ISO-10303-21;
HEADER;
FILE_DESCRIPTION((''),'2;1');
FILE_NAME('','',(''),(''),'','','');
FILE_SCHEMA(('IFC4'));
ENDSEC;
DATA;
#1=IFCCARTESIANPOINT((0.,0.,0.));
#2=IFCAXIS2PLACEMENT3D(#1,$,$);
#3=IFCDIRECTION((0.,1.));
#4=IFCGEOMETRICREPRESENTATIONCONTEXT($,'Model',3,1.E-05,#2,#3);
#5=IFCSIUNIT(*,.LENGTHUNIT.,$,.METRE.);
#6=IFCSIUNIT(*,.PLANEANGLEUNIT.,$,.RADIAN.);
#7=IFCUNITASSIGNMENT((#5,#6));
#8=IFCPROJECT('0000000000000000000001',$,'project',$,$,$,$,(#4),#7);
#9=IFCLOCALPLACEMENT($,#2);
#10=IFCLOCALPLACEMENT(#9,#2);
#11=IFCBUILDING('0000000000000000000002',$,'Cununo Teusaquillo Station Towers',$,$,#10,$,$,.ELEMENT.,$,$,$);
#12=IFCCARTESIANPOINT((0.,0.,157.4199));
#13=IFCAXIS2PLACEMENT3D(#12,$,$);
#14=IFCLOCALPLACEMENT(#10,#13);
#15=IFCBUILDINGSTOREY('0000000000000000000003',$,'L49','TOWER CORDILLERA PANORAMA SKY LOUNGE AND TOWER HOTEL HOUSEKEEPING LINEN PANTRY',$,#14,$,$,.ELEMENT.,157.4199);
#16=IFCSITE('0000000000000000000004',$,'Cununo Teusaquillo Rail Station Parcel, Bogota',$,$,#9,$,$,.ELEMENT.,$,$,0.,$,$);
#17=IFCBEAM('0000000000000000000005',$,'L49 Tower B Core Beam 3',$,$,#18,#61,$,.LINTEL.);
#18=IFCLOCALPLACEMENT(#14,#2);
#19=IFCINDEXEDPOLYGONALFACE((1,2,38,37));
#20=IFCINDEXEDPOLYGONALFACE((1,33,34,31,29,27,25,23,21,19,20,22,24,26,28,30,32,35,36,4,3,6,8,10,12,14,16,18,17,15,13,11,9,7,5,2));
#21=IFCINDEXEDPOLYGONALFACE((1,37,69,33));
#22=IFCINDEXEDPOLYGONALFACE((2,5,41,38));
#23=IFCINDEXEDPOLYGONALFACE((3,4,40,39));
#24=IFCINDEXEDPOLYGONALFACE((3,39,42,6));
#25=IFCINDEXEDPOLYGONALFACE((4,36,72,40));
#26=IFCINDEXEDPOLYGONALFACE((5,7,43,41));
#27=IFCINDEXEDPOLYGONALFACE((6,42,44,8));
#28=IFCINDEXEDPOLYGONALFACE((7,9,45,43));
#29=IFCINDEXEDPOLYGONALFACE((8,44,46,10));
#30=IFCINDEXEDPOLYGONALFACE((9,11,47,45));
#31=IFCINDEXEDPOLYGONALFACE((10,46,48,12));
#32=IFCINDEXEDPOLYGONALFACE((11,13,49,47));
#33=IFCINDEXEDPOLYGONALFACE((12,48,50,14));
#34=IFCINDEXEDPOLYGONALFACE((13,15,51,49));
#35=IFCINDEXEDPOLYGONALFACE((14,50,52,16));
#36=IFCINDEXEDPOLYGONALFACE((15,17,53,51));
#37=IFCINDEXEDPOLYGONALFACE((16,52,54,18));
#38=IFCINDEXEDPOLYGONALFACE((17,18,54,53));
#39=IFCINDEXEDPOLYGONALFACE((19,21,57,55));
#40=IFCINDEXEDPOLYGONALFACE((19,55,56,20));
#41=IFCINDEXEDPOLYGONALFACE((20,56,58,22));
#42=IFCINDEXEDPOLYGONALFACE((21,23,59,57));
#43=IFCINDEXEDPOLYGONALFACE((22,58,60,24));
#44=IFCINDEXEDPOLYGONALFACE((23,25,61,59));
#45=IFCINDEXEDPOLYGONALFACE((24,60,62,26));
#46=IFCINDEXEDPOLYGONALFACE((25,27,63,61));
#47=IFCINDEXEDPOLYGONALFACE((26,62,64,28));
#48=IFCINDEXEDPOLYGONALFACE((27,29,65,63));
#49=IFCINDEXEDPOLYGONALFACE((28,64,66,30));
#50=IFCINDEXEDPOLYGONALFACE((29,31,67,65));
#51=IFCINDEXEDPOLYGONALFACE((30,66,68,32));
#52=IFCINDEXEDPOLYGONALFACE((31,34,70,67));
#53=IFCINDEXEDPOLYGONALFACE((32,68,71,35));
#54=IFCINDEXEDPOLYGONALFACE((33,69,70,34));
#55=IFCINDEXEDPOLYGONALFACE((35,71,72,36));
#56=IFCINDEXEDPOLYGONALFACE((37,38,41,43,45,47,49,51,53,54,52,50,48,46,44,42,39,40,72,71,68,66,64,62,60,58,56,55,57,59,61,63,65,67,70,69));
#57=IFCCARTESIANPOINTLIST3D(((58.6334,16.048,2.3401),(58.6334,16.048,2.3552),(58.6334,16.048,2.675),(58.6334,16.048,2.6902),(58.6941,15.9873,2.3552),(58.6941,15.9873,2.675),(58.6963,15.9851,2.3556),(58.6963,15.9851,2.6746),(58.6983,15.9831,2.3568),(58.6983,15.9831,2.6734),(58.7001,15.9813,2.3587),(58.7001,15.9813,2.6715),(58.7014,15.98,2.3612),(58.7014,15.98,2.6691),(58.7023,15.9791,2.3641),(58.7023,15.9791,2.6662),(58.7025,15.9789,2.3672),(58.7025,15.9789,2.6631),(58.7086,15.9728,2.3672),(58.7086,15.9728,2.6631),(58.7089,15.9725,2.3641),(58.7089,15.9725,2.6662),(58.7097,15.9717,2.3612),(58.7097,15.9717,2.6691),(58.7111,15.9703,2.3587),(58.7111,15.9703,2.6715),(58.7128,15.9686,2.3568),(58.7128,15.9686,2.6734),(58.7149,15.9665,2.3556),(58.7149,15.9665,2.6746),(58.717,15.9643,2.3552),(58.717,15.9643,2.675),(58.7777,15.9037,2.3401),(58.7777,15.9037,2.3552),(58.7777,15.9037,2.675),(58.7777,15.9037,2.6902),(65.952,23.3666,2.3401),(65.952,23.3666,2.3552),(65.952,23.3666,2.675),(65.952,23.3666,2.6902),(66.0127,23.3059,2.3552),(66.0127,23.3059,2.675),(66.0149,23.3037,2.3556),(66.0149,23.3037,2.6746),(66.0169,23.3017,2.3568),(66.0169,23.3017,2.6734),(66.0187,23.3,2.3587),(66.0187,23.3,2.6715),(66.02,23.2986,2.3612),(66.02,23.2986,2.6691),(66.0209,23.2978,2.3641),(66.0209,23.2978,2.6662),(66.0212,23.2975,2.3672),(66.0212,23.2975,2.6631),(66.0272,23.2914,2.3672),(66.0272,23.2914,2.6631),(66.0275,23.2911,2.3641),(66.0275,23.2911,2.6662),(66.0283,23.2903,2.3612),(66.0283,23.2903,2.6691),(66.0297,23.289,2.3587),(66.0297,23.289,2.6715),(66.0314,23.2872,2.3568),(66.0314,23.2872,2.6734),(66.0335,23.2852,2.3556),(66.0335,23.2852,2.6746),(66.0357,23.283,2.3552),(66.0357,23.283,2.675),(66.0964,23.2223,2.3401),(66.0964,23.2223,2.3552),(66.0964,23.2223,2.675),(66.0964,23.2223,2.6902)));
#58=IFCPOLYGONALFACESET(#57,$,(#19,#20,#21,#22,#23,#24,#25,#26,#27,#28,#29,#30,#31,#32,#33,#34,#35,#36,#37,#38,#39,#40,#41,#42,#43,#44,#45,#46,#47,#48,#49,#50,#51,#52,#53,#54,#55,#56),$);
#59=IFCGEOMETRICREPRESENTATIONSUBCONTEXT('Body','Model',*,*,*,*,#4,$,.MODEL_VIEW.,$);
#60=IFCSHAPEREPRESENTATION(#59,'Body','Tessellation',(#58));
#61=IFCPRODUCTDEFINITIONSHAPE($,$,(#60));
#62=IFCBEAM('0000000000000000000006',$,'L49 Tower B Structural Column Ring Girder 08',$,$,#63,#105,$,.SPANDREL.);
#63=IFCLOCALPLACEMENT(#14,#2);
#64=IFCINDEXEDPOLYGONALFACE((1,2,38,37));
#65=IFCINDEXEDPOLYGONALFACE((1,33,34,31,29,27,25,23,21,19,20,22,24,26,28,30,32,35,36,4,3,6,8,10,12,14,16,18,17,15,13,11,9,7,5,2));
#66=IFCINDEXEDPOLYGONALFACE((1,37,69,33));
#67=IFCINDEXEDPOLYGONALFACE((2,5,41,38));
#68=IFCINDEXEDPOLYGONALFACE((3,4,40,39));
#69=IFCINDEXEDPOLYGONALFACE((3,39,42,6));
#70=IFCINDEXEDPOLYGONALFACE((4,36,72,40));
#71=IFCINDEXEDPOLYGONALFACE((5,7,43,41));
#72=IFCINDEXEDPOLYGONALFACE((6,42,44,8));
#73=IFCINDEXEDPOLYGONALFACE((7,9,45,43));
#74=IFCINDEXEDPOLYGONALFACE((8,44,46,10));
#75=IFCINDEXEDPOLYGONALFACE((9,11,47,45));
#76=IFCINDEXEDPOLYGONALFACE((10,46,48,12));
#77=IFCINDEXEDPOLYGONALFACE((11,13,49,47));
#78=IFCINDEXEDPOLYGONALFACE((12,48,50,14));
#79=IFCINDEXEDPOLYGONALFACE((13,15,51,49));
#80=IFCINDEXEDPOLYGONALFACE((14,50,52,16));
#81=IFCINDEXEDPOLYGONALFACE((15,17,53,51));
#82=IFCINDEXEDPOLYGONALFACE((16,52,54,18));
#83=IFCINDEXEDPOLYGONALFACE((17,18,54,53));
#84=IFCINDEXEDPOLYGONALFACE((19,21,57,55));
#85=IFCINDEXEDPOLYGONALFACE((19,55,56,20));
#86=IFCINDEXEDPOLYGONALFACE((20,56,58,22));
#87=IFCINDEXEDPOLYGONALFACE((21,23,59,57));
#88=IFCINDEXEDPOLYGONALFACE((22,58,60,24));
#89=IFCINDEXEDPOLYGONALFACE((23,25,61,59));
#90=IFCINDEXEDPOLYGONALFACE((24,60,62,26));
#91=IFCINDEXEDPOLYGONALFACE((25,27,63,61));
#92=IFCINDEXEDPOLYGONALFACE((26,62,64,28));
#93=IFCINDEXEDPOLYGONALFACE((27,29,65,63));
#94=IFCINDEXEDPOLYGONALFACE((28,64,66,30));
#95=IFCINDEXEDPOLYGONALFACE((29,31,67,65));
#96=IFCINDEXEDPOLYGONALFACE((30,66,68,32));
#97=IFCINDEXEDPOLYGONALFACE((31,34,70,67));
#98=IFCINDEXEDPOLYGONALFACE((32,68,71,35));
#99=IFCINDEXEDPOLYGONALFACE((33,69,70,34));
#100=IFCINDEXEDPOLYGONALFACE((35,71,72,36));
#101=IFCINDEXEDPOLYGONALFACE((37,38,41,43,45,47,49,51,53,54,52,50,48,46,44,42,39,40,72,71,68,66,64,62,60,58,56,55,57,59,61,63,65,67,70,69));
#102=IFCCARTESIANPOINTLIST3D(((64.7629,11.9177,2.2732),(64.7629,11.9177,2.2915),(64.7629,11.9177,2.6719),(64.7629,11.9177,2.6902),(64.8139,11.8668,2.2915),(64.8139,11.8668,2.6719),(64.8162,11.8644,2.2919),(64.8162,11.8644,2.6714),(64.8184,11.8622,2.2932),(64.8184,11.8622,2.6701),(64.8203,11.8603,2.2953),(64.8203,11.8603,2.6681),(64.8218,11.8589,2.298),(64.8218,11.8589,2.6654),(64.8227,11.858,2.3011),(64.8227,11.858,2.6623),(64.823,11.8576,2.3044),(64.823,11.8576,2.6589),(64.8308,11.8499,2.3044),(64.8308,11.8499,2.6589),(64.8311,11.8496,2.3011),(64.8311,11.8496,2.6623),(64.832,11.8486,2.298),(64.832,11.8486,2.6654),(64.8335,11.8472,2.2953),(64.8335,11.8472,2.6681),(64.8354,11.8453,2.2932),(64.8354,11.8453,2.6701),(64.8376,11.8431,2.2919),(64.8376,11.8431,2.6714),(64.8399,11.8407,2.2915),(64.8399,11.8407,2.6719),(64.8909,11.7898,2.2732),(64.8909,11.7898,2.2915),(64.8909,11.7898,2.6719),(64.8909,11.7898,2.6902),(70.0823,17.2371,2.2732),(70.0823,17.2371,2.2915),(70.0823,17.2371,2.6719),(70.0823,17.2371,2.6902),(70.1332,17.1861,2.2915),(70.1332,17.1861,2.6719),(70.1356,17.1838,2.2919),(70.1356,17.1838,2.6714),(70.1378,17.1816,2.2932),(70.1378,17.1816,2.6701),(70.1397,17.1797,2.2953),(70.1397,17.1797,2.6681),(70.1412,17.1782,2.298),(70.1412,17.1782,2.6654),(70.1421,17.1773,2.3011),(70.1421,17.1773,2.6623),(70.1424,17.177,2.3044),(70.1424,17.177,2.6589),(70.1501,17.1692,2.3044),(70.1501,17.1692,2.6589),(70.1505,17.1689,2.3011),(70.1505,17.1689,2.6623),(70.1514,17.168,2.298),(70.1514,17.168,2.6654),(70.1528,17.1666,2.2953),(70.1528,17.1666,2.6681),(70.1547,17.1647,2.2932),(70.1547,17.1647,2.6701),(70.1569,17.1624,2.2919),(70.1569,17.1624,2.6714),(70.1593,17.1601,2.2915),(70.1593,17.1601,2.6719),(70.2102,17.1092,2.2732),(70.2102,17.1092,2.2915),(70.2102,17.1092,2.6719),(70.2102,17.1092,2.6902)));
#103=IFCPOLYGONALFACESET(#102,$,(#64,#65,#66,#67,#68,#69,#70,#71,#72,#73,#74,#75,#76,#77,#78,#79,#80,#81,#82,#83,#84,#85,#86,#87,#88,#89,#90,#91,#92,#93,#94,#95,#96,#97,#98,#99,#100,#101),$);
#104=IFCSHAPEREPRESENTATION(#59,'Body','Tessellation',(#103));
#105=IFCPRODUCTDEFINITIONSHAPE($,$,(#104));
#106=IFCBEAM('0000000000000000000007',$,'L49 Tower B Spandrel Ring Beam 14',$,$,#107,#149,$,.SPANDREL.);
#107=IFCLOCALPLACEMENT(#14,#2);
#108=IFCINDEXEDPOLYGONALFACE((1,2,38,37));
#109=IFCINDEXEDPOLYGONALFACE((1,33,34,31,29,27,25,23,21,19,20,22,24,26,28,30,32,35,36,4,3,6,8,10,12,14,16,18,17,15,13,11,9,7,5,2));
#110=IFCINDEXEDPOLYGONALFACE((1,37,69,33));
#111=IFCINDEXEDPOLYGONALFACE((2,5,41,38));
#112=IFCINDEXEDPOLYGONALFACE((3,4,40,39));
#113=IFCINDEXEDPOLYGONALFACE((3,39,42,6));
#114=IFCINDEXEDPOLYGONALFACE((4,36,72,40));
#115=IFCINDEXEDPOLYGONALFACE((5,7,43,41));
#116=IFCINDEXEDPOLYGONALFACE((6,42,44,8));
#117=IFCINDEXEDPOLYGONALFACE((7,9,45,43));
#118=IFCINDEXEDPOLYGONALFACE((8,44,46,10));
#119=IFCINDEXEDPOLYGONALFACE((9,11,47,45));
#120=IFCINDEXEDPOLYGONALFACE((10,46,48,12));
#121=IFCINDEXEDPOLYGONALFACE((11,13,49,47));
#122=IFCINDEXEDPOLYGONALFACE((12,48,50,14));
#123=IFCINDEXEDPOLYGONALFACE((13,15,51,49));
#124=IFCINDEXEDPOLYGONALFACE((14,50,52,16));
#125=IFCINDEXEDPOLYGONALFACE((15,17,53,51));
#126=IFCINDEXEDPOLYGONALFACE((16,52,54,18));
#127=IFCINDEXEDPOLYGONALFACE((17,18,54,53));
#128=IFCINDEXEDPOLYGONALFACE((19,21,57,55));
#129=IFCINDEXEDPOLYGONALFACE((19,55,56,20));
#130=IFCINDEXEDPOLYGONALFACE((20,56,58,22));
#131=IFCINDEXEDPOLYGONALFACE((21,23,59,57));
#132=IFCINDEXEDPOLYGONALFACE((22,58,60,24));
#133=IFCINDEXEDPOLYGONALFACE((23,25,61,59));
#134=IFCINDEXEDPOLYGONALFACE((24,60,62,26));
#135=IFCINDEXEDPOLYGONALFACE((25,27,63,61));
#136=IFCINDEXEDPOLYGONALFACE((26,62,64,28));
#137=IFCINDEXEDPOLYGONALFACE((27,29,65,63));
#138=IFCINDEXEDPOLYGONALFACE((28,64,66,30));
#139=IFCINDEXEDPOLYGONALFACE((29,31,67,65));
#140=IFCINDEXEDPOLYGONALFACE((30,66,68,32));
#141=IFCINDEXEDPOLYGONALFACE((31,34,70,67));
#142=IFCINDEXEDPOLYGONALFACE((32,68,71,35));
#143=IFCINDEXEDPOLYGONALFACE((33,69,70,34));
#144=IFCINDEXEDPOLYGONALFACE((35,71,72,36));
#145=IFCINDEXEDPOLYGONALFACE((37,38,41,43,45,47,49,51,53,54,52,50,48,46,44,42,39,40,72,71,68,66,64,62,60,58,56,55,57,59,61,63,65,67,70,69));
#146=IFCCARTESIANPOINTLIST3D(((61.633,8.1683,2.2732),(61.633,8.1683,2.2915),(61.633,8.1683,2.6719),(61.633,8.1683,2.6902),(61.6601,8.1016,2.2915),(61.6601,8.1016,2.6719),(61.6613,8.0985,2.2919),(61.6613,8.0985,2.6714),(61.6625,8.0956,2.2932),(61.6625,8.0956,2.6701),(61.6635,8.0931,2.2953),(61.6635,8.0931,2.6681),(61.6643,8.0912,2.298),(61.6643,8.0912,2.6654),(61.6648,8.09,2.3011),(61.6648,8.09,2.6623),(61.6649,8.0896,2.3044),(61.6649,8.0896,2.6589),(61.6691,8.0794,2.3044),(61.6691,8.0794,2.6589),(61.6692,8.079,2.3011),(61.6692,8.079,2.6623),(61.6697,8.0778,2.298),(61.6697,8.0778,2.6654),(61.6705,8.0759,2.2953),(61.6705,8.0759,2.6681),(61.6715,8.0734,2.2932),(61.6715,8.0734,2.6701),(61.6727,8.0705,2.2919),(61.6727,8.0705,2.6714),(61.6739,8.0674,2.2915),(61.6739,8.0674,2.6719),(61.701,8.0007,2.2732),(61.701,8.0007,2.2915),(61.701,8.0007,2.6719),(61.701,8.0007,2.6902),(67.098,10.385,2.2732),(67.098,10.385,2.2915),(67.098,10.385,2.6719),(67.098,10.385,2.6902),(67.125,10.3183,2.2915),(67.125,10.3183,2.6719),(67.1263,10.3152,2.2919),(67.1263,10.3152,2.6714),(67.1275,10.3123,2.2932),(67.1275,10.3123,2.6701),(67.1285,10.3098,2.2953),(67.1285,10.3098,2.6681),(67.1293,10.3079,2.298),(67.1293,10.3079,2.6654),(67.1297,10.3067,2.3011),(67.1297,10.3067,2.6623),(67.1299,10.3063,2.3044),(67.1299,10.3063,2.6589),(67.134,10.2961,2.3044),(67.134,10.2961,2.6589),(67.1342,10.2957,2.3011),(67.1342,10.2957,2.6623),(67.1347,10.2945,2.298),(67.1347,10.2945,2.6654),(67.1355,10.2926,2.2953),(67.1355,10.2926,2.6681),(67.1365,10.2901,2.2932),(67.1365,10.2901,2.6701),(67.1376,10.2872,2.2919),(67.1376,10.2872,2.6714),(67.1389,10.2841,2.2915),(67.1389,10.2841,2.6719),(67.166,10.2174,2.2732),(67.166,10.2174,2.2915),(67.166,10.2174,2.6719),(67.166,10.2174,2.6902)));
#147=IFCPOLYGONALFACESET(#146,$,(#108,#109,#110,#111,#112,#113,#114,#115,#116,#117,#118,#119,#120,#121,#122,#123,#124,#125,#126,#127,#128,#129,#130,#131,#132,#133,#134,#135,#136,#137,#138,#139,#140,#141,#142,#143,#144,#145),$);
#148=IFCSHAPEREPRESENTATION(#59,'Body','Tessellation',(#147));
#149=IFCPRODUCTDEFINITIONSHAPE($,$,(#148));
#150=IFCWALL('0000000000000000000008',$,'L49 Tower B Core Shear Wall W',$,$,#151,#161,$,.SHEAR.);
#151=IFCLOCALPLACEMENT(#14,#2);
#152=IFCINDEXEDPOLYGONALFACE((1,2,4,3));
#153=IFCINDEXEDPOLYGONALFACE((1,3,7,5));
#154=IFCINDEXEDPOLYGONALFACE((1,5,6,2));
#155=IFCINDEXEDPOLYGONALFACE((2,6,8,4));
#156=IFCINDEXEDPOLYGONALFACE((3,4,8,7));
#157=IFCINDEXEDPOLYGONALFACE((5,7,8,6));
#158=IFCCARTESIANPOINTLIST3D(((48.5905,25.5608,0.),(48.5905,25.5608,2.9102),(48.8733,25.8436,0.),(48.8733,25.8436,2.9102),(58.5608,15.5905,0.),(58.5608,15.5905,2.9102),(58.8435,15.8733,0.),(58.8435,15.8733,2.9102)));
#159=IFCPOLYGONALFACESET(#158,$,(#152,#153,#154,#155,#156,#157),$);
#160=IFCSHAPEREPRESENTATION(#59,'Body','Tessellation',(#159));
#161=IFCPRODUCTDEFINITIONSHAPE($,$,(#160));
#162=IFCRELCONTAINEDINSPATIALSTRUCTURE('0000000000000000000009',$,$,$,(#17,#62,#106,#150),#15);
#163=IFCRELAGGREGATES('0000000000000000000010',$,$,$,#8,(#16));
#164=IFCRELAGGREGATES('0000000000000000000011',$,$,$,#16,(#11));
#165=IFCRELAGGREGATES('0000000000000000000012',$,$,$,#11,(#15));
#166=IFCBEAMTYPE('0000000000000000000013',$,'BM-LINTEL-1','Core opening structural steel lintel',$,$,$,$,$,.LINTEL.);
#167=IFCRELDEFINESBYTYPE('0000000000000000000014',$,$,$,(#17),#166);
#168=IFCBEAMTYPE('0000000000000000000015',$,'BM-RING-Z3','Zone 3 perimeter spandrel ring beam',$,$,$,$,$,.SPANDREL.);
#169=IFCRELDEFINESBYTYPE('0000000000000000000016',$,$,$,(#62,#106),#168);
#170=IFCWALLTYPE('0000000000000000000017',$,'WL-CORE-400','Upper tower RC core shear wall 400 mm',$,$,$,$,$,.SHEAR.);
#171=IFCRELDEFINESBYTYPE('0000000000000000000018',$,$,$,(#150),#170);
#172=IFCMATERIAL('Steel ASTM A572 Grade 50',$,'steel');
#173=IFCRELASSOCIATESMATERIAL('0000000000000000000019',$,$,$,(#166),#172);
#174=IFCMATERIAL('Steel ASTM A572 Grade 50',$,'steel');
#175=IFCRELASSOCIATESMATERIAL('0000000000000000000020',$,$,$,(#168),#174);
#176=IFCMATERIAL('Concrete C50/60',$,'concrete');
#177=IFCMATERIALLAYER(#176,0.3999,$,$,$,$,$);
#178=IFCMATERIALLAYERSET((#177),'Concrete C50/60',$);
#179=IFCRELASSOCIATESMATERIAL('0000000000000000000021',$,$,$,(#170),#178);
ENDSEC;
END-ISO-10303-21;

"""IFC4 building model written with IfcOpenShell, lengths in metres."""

from ifc_helpers import new_model, si_unit, direction, frame, frame_2d, origin, origin_2d, place, context, subcontext, project, spatial, rectangle, i_section, extrude, material, layer, layer_set, material_profile, profile_set, type_object, element, save


model = new_model("IFC4")

# Units and contexts
model_context = context("Model", 3, precision=1e-05, world=origin(), true_north=direction((0.0, 1.0)))
body_context = subcontext(model_context, "Body", "Model", "MODEL_VIEW")
ifc_project = project(units=[si_unit("LENGTHUNIT", "METRE"), si_unit("PLANEANGLEUNIT", "RADIAN")], contexts=[model_context])

# Site, building, storey
site_placement = place(None, origin())
site = spatial("IfcSite", under=ifc_project, at=site_placement, Name="Cununo Teusaquillo Rail Station Parcel, Bogota", CompositionType="ELEMENT", RefElevation=0.0)
building_placement = place(site_placement, origin())
building = spatial("IfcBuilding", under=site, at=building_placement, Name="Cununo Teusaquillo Station Towers", CompositionType="ELEMENT")
storey_placement = place(building_placement, frame((0.0, 0.0, 157.4199)))
storey = spatial("IfcBuildingStorey", under=building, at=storey_placement, Name="L49", Description="TOWER CORDILLERA PANORAMA SKY LOUNGE AND TOWER HOTEL HOUSEKEEPING LINEN PANTRY", CompositionType="ELEMENT", Elevation=157.4199)

# Beams
ifc_material_1 = material(Name="Steel ASTM A572 Grade 50", Category="steel")
ifc_material_profile_1 = material_profile(ifc_material_1, i_section(OverallWidth=0.2041, OverallDepth=0.3501, WebThickness=0.0085, FlangeThickness=0.0151, FilletRadius=0.012, at=origin_2d()), Name="W14X48")
ifc_profile_set_1 = profile_set([ifc_material_profile_1], Name="Steel ASTM A572 Grade 50")
beam_type_1 = type_object("IfcBeamType", Name="BM-LINTEL-1", Description="Core opening structural steel lintel", PredefinedType="LINTEL", material=ifc_profile_set_1)
beam_1_placement = place(storey_placement, frame((58.7056, 15.9758, 2.5151), z_axis=(0.707107, 0.707107, 0.0), x_axis=(-0.707107, 0.707107, 0.0)))
element("IfcBeam", 1, at=beam_1_placement, inside=storey, type_object=beam_type_1, Name="L49 Tower B Core Beam 3", PredefinedType="LINTEL", context=body_context, shape_type="SweptSolid", body=[
    extrude(i_section(OverallWidth=0.2041, OverallDepth=0.3501, WebThickness=0.0085, FlangeThickness=0.0151, FilletRadius=0.012, at=origin_2d()), origin(), (0.0, 0.0, 1.0), 10.3501),
])
ifc_material_2 = material(Name="Steel ASTM A572 Grade 50", Category="steel")
ifc_material_profile_2 = material_profile(ifc_material_2, i_section(OverallWidth=0.1809, OverallDepth=0.417, WebThickness=0.011, FlangeThickness=0.0183, FilletRadius=0.0129, at=origin_2d()), Name="W16X57")
ifc_profile_set_2 = profile_set([ifc_material_profile_2], Name="Steel ASTM A572 Grade 50")
beam_type_2 = type_object("IfcBeamType", Name="BM-RING-Z3", Description="Zone 3 perimeter spandrel ring beam", PredefinedType="SPANDREL", material=ifc_profile_set_2)
beam_2_placement = place(storey_placement, frame((64.8269, 11.8538, 2.4817), z_axis=(0.707107, 0.707107, 0.0), x_axis=(-0.707107, 0.707107, 0.0)))
element("IfcBeam", 2, at=beam_2_placement, inside=storey, type_object=beam_type_2, Name="L49 Tower B Structural Column Ring Girder 08", PredefinedType="SPANDREL", context=body_context, shape_type="SweptSolid", body=[
    extrude(i_section(OverallWidth=0.1809, OverallDepth=0.417, WebThickness=0.011, FlangeThickness=0.0183, FilletRadius=0.0129, at=origin_2d()), origin(), (0.0, 0.0, 1.0), 7.5227),
])
beam_3_placement = place(storey_placement, frame((61.667, 8.0845, 2.4817), z_axis=(0.926667, 0.375883, 0.0), x_axis=(-0.375883, 0.926667, 0.0)))
element("IfcBeam", 3, at=beam_3_placement, inside=storey, type_object=beam_type_2, Name="L49 Tower B Spandrel Ring Beam 14", PredefinedType="SPANDREL", context=body_context, shape_type="SweptSolid", body=[
    extrude(i_section(OverallWidth=0.1809, OverallDepth=0.417, WebThickness=0.011, FlangeThickness=0.0183, FilletRadius=0.0129, at=origin_2d()), origin(), (0.0, 0.0, 1.0), 5.8975),
])

# Wall
ifc_material_3 = material(Name="Concrete C50/60", Category="concrete")
ifc_layer_1 = layer(ifc_material_3, 0.3999)
ifc_layer_set_1 = layer_set([ifc_layer_1], Name="Concrete C50/60")
wall_type_1 = type_object("IfcWallType", Name="WL-CORE-400", Description="Upper tower RC core shear wall 400 mm", PredefinedType="SHEAR", material=ifc_layer_set_1)
wall_1_placement = place(storey_placement, frame((58.7021, 15.7319, 0.0), z_axis=(0.0, 0.0, 1.0), x_axis=(-0.707107, 0.707107, 0.0)))
element("IfcWall", 4, at=wall_1_placement, inside=storey, type_object=wall_type_1, Name="L49 Tower B Core Shear Wall W", PredefinedType="SHEAR", context=body_context, shape_type="SweptSolid", body=[
    extrude(rectangle(XDim=14.1001, YDim=0.3999, at=frame_2d((7.05, 0.0))), origin(), (0.0, 0.0, 1.0), 2.9102),
])

save(model, "model.ifc")
